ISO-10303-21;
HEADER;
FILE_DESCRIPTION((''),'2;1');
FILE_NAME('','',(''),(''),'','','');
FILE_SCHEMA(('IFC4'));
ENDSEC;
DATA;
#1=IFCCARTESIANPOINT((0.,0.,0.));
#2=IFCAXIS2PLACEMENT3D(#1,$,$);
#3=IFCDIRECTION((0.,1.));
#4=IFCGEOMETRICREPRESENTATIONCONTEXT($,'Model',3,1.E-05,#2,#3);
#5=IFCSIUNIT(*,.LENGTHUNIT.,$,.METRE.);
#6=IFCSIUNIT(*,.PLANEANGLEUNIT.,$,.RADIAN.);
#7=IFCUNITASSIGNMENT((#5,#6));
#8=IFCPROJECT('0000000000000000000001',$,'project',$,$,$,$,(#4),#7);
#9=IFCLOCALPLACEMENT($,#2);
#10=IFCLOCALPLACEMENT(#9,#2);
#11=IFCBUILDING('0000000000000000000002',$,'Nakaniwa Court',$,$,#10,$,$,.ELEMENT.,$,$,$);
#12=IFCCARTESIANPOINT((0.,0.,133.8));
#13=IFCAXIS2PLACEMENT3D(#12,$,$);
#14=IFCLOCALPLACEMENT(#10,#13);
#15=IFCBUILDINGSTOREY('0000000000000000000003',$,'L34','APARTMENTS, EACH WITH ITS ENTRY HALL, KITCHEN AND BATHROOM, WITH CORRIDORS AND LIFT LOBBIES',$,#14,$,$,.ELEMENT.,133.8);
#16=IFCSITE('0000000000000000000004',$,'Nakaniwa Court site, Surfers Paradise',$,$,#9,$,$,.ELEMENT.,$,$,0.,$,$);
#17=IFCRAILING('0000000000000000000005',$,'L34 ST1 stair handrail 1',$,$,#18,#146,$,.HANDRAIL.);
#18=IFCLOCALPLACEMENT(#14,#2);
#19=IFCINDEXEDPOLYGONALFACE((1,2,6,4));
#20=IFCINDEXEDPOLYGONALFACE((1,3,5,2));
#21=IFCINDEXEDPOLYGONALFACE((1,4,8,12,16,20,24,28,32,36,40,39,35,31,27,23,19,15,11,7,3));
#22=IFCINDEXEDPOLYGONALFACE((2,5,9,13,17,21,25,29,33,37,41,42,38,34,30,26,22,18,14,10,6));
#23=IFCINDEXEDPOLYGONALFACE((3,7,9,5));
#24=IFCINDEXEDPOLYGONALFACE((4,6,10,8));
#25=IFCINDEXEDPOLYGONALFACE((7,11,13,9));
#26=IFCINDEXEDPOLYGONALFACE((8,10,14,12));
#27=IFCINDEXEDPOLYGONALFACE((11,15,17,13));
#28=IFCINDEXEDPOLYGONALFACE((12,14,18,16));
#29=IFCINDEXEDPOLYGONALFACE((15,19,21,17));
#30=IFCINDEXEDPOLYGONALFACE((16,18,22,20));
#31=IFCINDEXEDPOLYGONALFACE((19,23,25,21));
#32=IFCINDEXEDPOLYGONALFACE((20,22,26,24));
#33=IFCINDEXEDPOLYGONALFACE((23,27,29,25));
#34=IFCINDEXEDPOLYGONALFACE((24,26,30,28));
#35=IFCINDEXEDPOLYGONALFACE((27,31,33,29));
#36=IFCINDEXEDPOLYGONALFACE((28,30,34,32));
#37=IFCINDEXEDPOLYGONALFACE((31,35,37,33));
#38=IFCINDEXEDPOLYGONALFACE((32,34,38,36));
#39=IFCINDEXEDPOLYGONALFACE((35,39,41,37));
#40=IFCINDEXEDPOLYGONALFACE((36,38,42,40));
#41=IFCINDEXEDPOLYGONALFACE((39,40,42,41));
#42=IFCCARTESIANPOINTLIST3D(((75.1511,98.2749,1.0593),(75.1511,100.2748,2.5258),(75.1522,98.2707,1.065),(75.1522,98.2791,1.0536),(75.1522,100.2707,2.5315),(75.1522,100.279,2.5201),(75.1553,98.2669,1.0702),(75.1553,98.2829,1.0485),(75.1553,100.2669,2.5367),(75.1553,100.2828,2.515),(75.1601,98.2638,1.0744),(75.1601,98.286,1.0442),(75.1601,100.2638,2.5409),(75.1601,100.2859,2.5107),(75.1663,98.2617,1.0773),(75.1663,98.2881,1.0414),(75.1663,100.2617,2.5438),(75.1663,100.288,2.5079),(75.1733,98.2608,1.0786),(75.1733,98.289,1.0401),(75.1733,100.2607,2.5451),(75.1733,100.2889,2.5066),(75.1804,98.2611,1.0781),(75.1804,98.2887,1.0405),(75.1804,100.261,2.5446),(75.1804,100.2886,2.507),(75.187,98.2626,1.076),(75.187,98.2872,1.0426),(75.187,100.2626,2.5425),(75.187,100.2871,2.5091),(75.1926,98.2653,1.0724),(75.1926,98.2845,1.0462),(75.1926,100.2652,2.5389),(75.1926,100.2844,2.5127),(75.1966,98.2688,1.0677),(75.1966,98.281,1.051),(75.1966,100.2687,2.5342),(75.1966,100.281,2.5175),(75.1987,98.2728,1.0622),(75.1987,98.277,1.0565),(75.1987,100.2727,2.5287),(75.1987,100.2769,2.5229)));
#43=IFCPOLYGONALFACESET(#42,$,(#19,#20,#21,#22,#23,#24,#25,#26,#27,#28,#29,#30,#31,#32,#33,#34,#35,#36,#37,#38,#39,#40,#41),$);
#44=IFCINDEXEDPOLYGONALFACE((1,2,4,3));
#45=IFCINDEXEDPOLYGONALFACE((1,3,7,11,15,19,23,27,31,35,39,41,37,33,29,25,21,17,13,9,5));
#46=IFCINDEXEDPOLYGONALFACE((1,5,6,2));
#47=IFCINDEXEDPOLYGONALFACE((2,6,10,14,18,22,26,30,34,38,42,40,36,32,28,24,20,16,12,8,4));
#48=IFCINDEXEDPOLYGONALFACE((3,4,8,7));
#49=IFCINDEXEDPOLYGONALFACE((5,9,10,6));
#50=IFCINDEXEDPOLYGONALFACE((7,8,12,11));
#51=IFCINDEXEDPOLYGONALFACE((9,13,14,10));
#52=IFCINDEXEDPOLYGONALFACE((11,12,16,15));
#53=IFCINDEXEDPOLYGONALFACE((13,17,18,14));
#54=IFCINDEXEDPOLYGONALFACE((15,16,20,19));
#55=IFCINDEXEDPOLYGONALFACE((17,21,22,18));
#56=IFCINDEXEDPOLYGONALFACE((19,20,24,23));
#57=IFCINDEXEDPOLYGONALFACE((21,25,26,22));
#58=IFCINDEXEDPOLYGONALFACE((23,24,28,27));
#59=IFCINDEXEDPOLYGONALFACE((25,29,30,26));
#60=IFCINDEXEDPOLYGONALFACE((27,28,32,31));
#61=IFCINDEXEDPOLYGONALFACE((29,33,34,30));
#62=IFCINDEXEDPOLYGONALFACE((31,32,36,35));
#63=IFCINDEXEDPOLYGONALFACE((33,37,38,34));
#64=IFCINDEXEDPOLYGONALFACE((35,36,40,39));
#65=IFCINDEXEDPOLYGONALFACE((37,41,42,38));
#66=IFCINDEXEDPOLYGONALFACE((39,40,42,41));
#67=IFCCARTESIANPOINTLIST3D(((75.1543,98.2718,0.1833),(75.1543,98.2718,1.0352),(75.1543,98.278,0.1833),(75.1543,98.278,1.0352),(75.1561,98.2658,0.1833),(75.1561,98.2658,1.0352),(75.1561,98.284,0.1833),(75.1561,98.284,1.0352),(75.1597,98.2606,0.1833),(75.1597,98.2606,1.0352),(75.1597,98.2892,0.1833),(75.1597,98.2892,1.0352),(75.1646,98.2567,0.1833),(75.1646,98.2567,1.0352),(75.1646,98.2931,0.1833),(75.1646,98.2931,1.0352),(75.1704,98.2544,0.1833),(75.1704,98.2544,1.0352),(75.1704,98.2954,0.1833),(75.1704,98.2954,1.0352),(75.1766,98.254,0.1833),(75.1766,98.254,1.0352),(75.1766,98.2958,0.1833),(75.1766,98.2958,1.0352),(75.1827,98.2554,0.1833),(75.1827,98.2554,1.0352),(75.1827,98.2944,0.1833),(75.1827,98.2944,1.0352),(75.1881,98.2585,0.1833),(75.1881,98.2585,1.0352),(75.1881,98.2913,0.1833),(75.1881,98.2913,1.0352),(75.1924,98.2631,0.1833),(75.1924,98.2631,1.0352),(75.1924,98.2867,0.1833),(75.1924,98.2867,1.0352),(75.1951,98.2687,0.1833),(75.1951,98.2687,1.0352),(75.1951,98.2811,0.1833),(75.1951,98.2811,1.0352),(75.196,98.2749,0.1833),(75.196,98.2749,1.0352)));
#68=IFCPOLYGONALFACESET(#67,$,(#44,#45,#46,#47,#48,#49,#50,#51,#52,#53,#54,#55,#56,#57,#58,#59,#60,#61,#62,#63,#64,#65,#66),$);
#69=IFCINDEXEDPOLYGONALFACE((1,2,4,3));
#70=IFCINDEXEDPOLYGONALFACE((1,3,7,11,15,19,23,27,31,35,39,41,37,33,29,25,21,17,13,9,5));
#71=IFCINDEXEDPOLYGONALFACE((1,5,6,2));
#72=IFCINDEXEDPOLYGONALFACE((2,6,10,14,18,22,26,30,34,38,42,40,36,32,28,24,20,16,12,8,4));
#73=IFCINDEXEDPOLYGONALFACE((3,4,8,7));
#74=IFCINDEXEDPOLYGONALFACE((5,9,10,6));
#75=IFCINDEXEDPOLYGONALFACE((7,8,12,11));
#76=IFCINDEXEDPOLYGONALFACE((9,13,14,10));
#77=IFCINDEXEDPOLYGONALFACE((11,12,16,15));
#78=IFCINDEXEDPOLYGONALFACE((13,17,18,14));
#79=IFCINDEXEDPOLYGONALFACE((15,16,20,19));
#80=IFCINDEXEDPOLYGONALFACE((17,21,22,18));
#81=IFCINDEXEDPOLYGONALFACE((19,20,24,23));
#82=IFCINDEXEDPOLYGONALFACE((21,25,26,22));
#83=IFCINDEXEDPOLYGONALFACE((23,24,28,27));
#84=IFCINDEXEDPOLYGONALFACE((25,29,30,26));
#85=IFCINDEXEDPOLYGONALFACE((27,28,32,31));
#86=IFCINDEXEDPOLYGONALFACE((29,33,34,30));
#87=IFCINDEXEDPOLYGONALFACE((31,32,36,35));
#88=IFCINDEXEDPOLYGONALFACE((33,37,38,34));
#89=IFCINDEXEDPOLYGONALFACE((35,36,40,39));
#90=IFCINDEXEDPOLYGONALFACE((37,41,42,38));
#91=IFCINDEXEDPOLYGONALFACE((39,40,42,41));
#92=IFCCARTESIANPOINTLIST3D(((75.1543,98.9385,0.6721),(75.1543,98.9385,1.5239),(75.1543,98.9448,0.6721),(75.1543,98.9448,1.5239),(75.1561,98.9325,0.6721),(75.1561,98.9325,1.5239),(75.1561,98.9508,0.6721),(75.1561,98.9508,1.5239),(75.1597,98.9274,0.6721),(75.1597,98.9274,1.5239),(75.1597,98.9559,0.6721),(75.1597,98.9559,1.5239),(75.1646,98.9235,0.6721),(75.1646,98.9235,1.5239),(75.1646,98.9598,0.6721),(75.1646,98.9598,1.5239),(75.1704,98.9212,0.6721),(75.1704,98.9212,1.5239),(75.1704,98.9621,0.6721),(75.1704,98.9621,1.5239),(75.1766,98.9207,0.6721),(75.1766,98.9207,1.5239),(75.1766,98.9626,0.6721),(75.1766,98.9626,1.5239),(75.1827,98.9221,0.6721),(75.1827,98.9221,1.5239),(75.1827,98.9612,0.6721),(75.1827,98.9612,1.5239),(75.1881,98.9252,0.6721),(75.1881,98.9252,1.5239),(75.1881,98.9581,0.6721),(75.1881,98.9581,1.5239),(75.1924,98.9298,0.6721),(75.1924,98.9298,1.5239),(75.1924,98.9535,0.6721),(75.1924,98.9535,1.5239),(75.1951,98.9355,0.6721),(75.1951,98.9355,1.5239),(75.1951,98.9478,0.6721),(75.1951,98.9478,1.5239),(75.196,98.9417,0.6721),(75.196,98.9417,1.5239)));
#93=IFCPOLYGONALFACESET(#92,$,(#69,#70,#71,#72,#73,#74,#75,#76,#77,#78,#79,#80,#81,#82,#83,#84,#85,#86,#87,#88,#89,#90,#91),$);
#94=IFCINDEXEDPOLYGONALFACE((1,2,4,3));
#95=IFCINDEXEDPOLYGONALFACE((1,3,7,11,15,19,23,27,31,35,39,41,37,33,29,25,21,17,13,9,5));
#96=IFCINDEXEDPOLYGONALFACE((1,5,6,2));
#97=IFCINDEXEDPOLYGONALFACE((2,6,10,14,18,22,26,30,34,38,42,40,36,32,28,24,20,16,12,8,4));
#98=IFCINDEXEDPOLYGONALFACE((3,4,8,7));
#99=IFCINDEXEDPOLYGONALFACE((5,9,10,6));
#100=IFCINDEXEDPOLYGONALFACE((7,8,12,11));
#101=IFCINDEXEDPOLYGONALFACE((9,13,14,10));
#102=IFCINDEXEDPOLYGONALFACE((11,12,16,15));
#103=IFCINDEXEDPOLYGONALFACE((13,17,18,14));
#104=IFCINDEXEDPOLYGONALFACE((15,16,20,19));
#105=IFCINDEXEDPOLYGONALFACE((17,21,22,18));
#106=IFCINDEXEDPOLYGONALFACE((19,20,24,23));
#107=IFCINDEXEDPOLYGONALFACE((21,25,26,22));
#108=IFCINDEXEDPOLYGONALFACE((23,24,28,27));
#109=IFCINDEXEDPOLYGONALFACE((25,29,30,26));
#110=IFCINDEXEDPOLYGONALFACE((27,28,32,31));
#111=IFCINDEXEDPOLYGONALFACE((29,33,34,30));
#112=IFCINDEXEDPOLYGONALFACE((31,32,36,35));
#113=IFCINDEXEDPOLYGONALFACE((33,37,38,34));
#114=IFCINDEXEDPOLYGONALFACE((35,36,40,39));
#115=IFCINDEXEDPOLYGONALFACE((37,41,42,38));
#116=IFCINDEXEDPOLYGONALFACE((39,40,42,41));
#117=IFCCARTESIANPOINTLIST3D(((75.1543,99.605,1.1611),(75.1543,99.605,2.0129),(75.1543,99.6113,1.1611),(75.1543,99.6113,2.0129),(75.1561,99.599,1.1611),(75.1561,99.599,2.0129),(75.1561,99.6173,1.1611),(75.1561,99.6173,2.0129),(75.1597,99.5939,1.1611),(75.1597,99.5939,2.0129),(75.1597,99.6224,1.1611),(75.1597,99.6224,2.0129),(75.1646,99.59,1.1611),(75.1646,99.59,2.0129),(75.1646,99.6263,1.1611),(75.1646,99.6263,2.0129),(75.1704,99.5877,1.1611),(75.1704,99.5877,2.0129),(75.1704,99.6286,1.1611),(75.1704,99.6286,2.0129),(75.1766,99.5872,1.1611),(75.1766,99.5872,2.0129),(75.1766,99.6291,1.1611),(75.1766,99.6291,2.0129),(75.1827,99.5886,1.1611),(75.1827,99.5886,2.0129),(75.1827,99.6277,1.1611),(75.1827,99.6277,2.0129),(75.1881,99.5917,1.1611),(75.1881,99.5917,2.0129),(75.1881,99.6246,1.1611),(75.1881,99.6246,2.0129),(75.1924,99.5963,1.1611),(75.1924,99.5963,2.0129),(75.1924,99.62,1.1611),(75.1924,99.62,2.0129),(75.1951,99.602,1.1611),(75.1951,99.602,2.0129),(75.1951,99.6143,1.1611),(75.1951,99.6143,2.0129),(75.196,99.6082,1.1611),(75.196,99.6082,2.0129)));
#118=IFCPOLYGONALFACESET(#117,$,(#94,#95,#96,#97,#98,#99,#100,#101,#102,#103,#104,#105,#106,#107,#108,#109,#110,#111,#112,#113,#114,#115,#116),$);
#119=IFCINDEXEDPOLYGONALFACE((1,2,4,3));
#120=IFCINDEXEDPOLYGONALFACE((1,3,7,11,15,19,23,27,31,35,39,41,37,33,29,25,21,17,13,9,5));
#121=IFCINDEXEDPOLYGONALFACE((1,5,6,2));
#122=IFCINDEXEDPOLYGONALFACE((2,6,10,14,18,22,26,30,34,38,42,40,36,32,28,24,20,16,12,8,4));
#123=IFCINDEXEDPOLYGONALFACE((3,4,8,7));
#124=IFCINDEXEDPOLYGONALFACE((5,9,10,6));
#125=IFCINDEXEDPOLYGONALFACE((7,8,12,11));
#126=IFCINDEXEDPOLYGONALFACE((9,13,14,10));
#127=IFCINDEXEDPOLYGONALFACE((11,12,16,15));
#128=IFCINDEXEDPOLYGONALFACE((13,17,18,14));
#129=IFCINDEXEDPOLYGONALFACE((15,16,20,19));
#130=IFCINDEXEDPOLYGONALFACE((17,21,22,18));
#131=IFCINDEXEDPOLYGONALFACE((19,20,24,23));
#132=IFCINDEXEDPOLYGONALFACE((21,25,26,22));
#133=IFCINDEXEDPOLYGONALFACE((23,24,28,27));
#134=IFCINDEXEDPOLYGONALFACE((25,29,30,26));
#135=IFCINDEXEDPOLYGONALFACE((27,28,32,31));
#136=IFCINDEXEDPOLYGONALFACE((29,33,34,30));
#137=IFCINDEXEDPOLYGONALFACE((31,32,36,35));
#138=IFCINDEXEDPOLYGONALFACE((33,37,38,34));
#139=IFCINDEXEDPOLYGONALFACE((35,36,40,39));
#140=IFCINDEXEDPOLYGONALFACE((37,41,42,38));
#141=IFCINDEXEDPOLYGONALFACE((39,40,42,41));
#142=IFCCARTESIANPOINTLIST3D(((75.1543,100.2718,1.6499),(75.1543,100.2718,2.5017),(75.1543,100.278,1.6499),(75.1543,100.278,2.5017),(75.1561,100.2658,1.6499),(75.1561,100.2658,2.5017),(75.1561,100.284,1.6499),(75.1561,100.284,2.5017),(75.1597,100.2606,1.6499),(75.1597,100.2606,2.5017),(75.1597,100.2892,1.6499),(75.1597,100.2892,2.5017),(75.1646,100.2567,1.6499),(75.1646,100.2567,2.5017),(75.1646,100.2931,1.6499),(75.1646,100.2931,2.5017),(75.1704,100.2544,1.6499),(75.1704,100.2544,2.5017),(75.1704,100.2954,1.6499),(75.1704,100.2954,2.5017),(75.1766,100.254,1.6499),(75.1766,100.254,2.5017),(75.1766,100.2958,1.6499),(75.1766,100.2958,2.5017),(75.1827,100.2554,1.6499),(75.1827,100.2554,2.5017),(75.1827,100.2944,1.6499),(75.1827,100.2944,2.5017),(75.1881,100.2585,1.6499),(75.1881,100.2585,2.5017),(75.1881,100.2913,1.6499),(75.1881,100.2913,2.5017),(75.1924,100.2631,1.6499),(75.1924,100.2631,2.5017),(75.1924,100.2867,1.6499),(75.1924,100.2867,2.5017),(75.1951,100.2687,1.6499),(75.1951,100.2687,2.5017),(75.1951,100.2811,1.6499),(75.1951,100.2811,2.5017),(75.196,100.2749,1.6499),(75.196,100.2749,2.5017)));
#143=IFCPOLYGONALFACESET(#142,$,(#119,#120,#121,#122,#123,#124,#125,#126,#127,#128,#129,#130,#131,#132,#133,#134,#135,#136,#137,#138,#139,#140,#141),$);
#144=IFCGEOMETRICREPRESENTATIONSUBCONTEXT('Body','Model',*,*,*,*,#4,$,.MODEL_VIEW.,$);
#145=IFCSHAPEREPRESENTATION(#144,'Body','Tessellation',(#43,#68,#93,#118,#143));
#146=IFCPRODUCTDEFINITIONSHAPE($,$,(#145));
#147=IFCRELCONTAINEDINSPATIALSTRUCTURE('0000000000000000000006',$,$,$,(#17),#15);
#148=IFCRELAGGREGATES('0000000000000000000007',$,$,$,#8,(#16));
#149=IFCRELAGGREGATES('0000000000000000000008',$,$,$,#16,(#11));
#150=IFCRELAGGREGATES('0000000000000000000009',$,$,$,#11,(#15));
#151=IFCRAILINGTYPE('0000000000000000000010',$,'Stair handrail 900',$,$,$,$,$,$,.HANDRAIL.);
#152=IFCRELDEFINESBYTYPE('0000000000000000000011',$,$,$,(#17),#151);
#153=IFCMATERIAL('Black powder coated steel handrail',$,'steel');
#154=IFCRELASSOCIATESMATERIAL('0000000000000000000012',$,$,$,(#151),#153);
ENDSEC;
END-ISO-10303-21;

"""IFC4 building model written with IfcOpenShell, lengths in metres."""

from ifc_helpers import new_model, si_unit, direction, frame, origin, origin_2d, place, context, subcontext, project, spatial, circle, extrude, material, type_object, element, save


model = new_model("IFC4")

# Units and contexts
model_context = context("Model", 3, precision=1e-05, world=origin(), true_north=direction((0.0, 1.0)))
body_context = subcontext(model_context, "Body", "Model", "MODEL_VIEW")
ifc_project = project(units=[si_unit("LENGTHUNIT", "METRE"), si_unit("PLANEANGLEUNIT", "RADIAN")], contexts=[model_context])

# Site, building, storey
site_placement = place(None, origin())
site = spatial("IfcSite", under=ifc_project, at=site_placement, Name="Nakaniwa Court site, Surfers Paradise", CompositionType="ELEMENT", RefElevation=0.0)
building_placement = place(site_placement, origin())
building = spatial("IfcBuilding", under=site, at=building_placement, Name="Nakaniwa Court", CompositionType="ELEMENT")
storey_placement = place(building_placement, frame((0.0, 0.0, 133.8)))
storey = spatial("IfcBuildingStorey", under=building, at=storey_placement, Name="L34", Description="APARTMENTS, EACH WITH ITS ENTRY HALL, KITCHEN AND BATHROOM, WITH CORRIDORS AND LIFT LOBBIES", CompositionType="ELEMENT", Elevation=133.8)

# Railing
ifc_material_1 = material(Name="Black powder coated steel handrail", Category="steel")
railing_type_1 = type_object("IfcRailingType", Name="Stair handrail 900", PredefinedType="HANDRAIL", material=ifc_material_1)
railing_1_placement = place(storey_placement, frame((75.175, 98.2749, 0.1833)))
element("IfcRailing", 1, at=railing_1_placement, inside=storey, type_object=railing_type_1, Name="L34 ST1 stair handrail 1", PredefinedType="HANDRAIL", context=body_context, shape_type="SweptSolid", body=[
    extrude(circle(Radius=0.0239, at=origin_2d()), frame((0.0, 0.0, 0.876), z_axis=(0.0, 0.806427, 0.591334), x_axis=(-1.0, 0.0, 0.0)), (0.0, 0.0, 1.0), 2.48),
    extrude(circle(Radius=0.021, at=origin_2d()), origin(), (0.0, 0.0, 1.0), 0.8518),
    extrude(circle(Radius=0.021, at=origin_2d()), frame((0.0, 0.6667, 0.4888)), (0.0, 0.0, 1.0), 0.8518),
    extrude(circle(Radius=0.021, at=origin_2d()), frame((0.0, 1.3333, 0.9778)), (0.0, 0.0, 1.0), 0.8518),
    extrude(circle(Radius=0.021, at=origin_2d()), frame((0.0, 2.0, 1.4666)), (0.0, 0.0, 1.0), 0.8518),
])

save(model, "model.ifc")
